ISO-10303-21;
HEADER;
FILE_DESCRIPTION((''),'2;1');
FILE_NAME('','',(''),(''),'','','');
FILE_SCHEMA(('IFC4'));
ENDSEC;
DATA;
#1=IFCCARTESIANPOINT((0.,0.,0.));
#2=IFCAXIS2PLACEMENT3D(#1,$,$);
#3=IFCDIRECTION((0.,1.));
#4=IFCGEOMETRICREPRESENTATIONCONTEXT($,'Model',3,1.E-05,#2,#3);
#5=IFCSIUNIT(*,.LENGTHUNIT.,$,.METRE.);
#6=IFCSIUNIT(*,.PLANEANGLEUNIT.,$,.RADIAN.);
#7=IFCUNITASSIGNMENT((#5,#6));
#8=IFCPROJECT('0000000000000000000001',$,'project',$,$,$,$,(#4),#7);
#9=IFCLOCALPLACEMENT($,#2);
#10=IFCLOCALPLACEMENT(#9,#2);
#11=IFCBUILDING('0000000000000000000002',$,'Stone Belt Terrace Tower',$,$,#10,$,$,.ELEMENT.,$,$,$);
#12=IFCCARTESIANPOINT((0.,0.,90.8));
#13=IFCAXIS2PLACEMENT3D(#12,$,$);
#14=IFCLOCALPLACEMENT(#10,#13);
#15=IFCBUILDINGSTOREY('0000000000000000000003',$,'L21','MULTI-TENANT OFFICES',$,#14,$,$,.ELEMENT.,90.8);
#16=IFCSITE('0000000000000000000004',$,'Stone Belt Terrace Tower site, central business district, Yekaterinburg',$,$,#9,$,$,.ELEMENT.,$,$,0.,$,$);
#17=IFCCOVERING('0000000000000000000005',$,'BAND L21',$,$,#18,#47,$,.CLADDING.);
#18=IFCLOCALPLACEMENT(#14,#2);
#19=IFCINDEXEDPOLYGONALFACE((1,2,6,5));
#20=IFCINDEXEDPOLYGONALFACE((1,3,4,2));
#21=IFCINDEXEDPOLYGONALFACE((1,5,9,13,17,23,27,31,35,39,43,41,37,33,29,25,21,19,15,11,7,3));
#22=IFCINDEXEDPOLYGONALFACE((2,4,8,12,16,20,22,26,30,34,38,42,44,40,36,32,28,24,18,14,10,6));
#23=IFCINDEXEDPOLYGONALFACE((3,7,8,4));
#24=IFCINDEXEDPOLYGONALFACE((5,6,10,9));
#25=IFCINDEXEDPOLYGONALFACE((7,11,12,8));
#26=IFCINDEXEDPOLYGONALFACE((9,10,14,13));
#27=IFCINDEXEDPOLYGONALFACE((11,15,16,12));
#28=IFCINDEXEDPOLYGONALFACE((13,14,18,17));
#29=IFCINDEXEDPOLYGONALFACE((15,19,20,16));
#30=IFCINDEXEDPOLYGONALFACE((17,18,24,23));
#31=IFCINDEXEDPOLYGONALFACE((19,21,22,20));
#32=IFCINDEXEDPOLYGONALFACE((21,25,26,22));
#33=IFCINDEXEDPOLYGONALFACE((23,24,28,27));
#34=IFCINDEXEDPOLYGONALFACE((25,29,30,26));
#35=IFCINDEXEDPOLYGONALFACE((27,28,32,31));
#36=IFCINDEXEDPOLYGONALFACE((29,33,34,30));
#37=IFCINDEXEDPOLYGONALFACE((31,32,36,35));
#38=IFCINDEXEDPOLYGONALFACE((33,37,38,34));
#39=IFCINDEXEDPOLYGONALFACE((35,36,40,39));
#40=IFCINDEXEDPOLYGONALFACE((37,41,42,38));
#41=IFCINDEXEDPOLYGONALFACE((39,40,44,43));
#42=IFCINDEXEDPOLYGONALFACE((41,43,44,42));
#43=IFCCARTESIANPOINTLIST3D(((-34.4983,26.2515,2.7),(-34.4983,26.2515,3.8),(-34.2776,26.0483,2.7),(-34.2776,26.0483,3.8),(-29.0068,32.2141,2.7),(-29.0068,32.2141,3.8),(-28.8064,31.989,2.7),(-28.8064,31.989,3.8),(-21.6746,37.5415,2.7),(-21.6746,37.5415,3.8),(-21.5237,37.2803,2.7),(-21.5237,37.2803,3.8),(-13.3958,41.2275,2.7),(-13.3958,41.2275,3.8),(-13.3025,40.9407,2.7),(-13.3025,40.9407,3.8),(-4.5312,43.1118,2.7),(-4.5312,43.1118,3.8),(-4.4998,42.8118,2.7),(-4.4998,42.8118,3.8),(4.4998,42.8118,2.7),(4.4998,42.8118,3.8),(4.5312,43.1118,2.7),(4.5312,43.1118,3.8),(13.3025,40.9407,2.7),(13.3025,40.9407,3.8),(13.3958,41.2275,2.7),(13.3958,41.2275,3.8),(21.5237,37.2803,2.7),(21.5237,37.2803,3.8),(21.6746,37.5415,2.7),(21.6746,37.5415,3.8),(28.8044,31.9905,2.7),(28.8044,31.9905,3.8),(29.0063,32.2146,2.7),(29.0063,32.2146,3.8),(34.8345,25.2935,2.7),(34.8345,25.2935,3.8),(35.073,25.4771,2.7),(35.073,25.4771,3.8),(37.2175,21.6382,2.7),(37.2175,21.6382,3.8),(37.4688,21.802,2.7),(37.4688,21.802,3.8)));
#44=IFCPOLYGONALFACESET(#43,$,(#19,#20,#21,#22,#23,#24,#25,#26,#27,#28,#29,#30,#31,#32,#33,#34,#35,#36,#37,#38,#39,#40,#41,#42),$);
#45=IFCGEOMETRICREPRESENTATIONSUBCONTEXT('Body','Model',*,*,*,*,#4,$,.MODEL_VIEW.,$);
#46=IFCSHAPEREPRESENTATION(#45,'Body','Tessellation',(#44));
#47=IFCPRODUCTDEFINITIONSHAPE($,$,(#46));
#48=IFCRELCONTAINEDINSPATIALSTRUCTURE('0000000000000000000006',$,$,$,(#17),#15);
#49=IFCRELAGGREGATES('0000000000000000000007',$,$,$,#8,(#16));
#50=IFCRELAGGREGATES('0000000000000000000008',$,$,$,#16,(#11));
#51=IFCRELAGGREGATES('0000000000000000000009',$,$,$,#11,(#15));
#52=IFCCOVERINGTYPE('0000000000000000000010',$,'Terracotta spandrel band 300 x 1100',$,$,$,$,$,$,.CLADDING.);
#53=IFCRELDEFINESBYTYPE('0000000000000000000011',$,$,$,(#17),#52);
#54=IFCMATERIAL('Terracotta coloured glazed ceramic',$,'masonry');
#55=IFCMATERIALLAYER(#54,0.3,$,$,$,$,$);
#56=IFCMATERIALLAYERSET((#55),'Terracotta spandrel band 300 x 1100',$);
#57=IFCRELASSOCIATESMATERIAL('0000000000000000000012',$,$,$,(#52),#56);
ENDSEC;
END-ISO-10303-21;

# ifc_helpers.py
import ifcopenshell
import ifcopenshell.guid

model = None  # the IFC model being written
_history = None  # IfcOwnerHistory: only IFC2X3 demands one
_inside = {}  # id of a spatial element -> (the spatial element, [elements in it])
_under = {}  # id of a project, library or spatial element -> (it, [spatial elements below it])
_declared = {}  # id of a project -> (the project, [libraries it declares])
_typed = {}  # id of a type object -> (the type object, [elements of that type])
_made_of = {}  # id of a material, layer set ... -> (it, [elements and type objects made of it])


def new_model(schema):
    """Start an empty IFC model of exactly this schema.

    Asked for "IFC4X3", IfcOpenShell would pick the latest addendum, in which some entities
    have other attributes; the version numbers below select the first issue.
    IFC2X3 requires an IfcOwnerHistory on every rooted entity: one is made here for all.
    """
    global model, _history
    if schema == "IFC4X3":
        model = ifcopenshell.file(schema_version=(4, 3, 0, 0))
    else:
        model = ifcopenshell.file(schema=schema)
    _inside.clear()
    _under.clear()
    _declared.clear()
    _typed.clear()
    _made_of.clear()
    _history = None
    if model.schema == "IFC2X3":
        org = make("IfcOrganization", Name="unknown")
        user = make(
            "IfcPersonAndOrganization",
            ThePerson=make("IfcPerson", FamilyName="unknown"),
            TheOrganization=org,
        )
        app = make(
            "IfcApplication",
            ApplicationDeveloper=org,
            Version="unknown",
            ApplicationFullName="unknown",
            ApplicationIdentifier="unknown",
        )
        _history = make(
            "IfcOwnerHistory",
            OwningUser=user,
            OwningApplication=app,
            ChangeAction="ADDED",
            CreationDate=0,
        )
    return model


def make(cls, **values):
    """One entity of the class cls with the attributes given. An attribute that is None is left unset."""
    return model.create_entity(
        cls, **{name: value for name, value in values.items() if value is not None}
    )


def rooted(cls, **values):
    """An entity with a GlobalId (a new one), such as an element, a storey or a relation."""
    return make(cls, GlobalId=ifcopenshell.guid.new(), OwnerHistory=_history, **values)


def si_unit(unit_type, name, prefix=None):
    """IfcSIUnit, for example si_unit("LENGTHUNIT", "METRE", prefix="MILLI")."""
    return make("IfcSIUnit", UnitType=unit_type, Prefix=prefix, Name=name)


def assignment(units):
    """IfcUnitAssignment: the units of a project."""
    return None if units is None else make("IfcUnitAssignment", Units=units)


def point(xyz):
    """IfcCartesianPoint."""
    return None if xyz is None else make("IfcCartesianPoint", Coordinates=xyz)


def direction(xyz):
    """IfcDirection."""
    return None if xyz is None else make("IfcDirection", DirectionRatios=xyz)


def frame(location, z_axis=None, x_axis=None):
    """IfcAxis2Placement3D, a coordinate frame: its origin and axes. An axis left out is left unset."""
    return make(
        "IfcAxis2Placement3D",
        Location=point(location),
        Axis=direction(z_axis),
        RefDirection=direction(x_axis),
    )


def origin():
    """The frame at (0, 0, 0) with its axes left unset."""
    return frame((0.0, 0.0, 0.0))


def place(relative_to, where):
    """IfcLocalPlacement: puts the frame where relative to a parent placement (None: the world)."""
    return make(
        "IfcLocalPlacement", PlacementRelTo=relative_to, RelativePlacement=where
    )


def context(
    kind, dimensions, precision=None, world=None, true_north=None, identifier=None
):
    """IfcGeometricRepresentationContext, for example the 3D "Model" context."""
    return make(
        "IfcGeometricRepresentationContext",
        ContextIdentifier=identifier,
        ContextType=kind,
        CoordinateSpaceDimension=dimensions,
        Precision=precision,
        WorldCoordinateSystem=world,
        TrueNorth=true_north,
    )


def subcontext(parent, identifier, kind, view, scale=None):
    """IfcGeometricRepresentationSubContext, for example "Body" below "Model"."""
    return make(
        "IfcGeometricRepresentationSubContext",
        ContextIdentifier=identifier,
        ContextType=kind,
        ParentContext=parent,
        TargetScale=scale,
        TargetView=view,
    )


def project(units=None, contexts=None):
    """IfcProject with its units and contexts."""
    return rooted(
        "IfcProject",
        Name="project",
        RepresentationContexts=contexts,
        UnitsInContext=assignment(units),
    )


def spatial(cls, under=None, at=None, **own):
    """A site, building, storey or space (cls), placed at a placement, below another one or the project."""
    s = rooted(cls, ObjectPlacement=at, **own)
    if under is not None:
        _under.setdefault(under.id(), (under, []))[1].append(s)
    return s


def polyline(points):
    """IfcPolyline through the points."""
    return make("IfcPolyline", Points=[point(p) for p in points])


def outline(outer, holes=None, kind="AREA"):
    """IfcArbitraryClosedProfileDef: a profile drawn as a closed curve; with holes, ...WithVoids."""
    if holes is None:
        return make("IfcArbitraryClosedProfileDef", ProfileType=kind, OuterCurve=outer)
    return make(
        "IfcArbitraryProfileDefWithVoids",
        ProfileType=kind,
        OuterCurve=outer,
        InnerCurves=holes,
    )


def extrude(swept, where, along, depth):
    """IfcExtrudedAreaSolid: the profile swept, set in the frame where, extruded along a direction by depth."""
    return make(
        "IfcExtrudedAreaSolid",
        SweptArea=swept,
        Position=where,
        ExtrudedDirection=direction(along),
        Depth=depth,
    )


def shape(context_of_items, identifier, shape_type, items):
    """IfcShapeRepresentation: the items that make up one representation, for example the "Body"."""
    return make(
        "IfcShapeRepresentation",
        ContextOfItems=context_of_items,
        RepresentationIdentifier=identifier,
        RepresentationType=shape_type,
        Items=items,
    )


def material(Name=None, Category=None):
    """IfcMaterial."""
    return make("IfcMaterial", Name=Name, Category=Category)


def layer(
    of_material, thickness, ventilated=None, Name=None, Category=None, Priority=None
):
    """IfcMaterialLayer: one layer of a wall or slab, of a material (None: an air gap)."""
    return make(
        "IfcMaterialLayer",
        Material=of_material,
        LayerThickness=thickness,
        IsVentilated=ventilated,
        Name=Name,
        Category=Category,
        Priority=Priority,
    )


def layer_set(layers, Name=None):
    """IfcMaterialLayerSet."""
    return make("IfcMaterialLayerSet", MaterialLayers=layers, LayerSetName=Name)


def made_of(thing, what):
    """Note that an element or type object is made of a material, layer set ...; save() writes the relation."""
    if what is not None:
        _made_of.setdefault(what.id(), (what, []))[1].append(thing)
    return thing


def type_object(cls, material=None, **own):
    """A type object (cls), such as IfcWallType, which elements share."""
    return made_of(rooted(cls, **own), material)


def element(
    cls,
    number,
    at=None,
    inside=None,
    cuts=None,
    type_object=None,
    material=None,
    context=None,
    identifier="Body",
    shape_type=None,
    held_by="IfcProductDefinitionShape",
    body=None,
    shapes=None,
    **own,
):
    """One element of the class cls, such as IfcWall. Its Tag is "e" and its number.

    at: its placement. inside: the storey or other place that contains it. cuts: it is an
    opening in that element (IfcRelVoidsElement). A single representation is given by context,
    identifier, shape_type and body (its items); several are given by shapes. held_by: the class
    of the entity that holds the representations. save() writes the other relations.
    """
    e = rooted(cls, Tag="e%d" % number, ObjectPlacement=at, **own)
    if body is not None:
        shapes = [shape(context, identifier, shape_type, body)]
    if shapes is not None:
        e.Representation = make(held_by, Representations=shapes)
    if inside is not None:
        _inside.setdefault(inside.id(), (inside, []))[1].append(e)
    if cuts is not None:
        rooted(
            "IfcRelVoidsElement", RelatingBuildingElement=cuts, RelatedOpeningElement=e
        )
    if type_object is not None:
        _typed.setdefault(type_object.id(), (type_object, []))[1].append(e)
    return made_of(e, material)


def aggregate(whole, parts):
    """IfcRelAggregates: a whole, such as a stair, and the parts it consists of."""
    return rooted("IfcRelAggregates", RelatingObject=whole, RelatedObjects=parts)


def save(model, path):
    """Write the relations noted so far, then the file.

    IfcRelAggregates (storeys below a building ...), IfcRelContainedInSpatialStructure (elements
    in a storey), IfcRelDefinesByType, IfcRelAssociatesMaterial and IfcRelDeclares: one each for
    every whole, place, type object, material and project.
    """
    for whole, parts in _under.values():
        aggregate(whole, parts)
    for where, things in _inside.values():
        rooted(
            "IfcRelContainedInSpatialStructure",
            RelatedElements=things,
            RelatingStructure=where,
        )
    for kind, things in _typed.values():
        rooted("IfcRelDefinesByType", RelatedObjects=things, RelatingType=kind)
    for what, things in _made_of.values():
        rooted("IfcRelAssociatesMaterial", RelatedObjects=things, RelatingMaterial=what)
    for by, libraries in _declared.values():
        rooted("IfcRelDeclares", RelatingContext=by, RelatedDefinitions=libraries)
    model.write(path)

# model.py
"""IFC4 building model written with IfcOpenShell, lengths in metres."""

from ifc_helpers import new_model, si_unit, direction, frame, origin, place, context, subcontext, project, spatial, polyline, outline, extrude, material, layer, layer_set, type_object, element, save


model = new_model("IFC4")

# Units and contexts
model_context = context("Model", 3, precision=1e-05, world=origin(), true_north=direction((0.0, 1.0)))
body_context = subcontext(model_context, "Body", "Model", "MODEL_VIEW")
ifc_project = project(units=[si_unit("LENGTHUNIT", "METRE"), si_unit("PLANEANGLEUNIT", "RADIAN")], contexts=[model_context])

# Site, building, storey
site_placement = place(None, origin())
site = spatial("IfcSite", under=ifc_project, at=site_placement, Name="Stone Belt Terrace Tower site, central business district, Yekaterinburg", CompositionType="ELEMENT", RefElevation=0.0)
building_placement = place(site_placement, origin())
building = spatial("IfcBuilding", under=site, at=building_placement, Name="Stone Belt Terrace Tower", CompositionType="ELEMENT")
storey_placement = place(building_placement, frame((0.0, 0.0, 90.8)))
storey = spatial("IfcBuildingStorey", under=building, at=storey_placement, Name="L21", Description="MULTI-TENANT OFFICES", CompositionType="ELEMENT", Elevation=90.8)

# Covering
ifc_material_1 = material(Name="Terracotta coloured glazed ceramic", Category="masonry")
ifc_layer_1 = layer(ifc_material_1, 0.3)
ifc_layer_set_1 = layer_set([ifc_layer_1], Name="Terracotta spandrel band 300 x 1100")
covering_type = type_object("IfcCoveringType", Name="Terracotta spandrel band 300 x 1100", PredefinedType="CLADDING", material=ifc_layer_set_1)
covering_placement = place(storey_placement, frame((0.0, 0.0, 2.7)))
element("IfcCovering", 1, at=covering_placement, inside=storey, type_object=covering_type, Name="BAND L21", PredefinedType="CLADDING", context=body_context, shape_type="SweptSolid", body=[
    extrude(outline(polyline([(-34.4983, 26.2515), (-29.0068, 32.2141), (-21.6746, 37.5415), (-13.3958, 41.2275), (-4.5312, 43.1118), (4.5312, 43.1118), (13.3958, 41.2275), (21.6746, 37.5415), (29.0063, 32.2146), (35.073, 25.4771), (37.4688, 21.802), (37.2175, 21.6382), (34.8345, 25.2935), (28.8044, 31.9905), (21.5237, 37.2803), (13.3025, 40.9407), (4.4998, 42.8118), (-4.4998, 42.8118), (-13.3025, 40.9407), (-21.5237, 37.2803), (-28.8064, 31.989), (-34.2776, 26.0483), (-34.4983, 26.2515)])), origin(), (0.0, 0.0, 1.0), 1.1001),
])

save(model, "model.ifc")
